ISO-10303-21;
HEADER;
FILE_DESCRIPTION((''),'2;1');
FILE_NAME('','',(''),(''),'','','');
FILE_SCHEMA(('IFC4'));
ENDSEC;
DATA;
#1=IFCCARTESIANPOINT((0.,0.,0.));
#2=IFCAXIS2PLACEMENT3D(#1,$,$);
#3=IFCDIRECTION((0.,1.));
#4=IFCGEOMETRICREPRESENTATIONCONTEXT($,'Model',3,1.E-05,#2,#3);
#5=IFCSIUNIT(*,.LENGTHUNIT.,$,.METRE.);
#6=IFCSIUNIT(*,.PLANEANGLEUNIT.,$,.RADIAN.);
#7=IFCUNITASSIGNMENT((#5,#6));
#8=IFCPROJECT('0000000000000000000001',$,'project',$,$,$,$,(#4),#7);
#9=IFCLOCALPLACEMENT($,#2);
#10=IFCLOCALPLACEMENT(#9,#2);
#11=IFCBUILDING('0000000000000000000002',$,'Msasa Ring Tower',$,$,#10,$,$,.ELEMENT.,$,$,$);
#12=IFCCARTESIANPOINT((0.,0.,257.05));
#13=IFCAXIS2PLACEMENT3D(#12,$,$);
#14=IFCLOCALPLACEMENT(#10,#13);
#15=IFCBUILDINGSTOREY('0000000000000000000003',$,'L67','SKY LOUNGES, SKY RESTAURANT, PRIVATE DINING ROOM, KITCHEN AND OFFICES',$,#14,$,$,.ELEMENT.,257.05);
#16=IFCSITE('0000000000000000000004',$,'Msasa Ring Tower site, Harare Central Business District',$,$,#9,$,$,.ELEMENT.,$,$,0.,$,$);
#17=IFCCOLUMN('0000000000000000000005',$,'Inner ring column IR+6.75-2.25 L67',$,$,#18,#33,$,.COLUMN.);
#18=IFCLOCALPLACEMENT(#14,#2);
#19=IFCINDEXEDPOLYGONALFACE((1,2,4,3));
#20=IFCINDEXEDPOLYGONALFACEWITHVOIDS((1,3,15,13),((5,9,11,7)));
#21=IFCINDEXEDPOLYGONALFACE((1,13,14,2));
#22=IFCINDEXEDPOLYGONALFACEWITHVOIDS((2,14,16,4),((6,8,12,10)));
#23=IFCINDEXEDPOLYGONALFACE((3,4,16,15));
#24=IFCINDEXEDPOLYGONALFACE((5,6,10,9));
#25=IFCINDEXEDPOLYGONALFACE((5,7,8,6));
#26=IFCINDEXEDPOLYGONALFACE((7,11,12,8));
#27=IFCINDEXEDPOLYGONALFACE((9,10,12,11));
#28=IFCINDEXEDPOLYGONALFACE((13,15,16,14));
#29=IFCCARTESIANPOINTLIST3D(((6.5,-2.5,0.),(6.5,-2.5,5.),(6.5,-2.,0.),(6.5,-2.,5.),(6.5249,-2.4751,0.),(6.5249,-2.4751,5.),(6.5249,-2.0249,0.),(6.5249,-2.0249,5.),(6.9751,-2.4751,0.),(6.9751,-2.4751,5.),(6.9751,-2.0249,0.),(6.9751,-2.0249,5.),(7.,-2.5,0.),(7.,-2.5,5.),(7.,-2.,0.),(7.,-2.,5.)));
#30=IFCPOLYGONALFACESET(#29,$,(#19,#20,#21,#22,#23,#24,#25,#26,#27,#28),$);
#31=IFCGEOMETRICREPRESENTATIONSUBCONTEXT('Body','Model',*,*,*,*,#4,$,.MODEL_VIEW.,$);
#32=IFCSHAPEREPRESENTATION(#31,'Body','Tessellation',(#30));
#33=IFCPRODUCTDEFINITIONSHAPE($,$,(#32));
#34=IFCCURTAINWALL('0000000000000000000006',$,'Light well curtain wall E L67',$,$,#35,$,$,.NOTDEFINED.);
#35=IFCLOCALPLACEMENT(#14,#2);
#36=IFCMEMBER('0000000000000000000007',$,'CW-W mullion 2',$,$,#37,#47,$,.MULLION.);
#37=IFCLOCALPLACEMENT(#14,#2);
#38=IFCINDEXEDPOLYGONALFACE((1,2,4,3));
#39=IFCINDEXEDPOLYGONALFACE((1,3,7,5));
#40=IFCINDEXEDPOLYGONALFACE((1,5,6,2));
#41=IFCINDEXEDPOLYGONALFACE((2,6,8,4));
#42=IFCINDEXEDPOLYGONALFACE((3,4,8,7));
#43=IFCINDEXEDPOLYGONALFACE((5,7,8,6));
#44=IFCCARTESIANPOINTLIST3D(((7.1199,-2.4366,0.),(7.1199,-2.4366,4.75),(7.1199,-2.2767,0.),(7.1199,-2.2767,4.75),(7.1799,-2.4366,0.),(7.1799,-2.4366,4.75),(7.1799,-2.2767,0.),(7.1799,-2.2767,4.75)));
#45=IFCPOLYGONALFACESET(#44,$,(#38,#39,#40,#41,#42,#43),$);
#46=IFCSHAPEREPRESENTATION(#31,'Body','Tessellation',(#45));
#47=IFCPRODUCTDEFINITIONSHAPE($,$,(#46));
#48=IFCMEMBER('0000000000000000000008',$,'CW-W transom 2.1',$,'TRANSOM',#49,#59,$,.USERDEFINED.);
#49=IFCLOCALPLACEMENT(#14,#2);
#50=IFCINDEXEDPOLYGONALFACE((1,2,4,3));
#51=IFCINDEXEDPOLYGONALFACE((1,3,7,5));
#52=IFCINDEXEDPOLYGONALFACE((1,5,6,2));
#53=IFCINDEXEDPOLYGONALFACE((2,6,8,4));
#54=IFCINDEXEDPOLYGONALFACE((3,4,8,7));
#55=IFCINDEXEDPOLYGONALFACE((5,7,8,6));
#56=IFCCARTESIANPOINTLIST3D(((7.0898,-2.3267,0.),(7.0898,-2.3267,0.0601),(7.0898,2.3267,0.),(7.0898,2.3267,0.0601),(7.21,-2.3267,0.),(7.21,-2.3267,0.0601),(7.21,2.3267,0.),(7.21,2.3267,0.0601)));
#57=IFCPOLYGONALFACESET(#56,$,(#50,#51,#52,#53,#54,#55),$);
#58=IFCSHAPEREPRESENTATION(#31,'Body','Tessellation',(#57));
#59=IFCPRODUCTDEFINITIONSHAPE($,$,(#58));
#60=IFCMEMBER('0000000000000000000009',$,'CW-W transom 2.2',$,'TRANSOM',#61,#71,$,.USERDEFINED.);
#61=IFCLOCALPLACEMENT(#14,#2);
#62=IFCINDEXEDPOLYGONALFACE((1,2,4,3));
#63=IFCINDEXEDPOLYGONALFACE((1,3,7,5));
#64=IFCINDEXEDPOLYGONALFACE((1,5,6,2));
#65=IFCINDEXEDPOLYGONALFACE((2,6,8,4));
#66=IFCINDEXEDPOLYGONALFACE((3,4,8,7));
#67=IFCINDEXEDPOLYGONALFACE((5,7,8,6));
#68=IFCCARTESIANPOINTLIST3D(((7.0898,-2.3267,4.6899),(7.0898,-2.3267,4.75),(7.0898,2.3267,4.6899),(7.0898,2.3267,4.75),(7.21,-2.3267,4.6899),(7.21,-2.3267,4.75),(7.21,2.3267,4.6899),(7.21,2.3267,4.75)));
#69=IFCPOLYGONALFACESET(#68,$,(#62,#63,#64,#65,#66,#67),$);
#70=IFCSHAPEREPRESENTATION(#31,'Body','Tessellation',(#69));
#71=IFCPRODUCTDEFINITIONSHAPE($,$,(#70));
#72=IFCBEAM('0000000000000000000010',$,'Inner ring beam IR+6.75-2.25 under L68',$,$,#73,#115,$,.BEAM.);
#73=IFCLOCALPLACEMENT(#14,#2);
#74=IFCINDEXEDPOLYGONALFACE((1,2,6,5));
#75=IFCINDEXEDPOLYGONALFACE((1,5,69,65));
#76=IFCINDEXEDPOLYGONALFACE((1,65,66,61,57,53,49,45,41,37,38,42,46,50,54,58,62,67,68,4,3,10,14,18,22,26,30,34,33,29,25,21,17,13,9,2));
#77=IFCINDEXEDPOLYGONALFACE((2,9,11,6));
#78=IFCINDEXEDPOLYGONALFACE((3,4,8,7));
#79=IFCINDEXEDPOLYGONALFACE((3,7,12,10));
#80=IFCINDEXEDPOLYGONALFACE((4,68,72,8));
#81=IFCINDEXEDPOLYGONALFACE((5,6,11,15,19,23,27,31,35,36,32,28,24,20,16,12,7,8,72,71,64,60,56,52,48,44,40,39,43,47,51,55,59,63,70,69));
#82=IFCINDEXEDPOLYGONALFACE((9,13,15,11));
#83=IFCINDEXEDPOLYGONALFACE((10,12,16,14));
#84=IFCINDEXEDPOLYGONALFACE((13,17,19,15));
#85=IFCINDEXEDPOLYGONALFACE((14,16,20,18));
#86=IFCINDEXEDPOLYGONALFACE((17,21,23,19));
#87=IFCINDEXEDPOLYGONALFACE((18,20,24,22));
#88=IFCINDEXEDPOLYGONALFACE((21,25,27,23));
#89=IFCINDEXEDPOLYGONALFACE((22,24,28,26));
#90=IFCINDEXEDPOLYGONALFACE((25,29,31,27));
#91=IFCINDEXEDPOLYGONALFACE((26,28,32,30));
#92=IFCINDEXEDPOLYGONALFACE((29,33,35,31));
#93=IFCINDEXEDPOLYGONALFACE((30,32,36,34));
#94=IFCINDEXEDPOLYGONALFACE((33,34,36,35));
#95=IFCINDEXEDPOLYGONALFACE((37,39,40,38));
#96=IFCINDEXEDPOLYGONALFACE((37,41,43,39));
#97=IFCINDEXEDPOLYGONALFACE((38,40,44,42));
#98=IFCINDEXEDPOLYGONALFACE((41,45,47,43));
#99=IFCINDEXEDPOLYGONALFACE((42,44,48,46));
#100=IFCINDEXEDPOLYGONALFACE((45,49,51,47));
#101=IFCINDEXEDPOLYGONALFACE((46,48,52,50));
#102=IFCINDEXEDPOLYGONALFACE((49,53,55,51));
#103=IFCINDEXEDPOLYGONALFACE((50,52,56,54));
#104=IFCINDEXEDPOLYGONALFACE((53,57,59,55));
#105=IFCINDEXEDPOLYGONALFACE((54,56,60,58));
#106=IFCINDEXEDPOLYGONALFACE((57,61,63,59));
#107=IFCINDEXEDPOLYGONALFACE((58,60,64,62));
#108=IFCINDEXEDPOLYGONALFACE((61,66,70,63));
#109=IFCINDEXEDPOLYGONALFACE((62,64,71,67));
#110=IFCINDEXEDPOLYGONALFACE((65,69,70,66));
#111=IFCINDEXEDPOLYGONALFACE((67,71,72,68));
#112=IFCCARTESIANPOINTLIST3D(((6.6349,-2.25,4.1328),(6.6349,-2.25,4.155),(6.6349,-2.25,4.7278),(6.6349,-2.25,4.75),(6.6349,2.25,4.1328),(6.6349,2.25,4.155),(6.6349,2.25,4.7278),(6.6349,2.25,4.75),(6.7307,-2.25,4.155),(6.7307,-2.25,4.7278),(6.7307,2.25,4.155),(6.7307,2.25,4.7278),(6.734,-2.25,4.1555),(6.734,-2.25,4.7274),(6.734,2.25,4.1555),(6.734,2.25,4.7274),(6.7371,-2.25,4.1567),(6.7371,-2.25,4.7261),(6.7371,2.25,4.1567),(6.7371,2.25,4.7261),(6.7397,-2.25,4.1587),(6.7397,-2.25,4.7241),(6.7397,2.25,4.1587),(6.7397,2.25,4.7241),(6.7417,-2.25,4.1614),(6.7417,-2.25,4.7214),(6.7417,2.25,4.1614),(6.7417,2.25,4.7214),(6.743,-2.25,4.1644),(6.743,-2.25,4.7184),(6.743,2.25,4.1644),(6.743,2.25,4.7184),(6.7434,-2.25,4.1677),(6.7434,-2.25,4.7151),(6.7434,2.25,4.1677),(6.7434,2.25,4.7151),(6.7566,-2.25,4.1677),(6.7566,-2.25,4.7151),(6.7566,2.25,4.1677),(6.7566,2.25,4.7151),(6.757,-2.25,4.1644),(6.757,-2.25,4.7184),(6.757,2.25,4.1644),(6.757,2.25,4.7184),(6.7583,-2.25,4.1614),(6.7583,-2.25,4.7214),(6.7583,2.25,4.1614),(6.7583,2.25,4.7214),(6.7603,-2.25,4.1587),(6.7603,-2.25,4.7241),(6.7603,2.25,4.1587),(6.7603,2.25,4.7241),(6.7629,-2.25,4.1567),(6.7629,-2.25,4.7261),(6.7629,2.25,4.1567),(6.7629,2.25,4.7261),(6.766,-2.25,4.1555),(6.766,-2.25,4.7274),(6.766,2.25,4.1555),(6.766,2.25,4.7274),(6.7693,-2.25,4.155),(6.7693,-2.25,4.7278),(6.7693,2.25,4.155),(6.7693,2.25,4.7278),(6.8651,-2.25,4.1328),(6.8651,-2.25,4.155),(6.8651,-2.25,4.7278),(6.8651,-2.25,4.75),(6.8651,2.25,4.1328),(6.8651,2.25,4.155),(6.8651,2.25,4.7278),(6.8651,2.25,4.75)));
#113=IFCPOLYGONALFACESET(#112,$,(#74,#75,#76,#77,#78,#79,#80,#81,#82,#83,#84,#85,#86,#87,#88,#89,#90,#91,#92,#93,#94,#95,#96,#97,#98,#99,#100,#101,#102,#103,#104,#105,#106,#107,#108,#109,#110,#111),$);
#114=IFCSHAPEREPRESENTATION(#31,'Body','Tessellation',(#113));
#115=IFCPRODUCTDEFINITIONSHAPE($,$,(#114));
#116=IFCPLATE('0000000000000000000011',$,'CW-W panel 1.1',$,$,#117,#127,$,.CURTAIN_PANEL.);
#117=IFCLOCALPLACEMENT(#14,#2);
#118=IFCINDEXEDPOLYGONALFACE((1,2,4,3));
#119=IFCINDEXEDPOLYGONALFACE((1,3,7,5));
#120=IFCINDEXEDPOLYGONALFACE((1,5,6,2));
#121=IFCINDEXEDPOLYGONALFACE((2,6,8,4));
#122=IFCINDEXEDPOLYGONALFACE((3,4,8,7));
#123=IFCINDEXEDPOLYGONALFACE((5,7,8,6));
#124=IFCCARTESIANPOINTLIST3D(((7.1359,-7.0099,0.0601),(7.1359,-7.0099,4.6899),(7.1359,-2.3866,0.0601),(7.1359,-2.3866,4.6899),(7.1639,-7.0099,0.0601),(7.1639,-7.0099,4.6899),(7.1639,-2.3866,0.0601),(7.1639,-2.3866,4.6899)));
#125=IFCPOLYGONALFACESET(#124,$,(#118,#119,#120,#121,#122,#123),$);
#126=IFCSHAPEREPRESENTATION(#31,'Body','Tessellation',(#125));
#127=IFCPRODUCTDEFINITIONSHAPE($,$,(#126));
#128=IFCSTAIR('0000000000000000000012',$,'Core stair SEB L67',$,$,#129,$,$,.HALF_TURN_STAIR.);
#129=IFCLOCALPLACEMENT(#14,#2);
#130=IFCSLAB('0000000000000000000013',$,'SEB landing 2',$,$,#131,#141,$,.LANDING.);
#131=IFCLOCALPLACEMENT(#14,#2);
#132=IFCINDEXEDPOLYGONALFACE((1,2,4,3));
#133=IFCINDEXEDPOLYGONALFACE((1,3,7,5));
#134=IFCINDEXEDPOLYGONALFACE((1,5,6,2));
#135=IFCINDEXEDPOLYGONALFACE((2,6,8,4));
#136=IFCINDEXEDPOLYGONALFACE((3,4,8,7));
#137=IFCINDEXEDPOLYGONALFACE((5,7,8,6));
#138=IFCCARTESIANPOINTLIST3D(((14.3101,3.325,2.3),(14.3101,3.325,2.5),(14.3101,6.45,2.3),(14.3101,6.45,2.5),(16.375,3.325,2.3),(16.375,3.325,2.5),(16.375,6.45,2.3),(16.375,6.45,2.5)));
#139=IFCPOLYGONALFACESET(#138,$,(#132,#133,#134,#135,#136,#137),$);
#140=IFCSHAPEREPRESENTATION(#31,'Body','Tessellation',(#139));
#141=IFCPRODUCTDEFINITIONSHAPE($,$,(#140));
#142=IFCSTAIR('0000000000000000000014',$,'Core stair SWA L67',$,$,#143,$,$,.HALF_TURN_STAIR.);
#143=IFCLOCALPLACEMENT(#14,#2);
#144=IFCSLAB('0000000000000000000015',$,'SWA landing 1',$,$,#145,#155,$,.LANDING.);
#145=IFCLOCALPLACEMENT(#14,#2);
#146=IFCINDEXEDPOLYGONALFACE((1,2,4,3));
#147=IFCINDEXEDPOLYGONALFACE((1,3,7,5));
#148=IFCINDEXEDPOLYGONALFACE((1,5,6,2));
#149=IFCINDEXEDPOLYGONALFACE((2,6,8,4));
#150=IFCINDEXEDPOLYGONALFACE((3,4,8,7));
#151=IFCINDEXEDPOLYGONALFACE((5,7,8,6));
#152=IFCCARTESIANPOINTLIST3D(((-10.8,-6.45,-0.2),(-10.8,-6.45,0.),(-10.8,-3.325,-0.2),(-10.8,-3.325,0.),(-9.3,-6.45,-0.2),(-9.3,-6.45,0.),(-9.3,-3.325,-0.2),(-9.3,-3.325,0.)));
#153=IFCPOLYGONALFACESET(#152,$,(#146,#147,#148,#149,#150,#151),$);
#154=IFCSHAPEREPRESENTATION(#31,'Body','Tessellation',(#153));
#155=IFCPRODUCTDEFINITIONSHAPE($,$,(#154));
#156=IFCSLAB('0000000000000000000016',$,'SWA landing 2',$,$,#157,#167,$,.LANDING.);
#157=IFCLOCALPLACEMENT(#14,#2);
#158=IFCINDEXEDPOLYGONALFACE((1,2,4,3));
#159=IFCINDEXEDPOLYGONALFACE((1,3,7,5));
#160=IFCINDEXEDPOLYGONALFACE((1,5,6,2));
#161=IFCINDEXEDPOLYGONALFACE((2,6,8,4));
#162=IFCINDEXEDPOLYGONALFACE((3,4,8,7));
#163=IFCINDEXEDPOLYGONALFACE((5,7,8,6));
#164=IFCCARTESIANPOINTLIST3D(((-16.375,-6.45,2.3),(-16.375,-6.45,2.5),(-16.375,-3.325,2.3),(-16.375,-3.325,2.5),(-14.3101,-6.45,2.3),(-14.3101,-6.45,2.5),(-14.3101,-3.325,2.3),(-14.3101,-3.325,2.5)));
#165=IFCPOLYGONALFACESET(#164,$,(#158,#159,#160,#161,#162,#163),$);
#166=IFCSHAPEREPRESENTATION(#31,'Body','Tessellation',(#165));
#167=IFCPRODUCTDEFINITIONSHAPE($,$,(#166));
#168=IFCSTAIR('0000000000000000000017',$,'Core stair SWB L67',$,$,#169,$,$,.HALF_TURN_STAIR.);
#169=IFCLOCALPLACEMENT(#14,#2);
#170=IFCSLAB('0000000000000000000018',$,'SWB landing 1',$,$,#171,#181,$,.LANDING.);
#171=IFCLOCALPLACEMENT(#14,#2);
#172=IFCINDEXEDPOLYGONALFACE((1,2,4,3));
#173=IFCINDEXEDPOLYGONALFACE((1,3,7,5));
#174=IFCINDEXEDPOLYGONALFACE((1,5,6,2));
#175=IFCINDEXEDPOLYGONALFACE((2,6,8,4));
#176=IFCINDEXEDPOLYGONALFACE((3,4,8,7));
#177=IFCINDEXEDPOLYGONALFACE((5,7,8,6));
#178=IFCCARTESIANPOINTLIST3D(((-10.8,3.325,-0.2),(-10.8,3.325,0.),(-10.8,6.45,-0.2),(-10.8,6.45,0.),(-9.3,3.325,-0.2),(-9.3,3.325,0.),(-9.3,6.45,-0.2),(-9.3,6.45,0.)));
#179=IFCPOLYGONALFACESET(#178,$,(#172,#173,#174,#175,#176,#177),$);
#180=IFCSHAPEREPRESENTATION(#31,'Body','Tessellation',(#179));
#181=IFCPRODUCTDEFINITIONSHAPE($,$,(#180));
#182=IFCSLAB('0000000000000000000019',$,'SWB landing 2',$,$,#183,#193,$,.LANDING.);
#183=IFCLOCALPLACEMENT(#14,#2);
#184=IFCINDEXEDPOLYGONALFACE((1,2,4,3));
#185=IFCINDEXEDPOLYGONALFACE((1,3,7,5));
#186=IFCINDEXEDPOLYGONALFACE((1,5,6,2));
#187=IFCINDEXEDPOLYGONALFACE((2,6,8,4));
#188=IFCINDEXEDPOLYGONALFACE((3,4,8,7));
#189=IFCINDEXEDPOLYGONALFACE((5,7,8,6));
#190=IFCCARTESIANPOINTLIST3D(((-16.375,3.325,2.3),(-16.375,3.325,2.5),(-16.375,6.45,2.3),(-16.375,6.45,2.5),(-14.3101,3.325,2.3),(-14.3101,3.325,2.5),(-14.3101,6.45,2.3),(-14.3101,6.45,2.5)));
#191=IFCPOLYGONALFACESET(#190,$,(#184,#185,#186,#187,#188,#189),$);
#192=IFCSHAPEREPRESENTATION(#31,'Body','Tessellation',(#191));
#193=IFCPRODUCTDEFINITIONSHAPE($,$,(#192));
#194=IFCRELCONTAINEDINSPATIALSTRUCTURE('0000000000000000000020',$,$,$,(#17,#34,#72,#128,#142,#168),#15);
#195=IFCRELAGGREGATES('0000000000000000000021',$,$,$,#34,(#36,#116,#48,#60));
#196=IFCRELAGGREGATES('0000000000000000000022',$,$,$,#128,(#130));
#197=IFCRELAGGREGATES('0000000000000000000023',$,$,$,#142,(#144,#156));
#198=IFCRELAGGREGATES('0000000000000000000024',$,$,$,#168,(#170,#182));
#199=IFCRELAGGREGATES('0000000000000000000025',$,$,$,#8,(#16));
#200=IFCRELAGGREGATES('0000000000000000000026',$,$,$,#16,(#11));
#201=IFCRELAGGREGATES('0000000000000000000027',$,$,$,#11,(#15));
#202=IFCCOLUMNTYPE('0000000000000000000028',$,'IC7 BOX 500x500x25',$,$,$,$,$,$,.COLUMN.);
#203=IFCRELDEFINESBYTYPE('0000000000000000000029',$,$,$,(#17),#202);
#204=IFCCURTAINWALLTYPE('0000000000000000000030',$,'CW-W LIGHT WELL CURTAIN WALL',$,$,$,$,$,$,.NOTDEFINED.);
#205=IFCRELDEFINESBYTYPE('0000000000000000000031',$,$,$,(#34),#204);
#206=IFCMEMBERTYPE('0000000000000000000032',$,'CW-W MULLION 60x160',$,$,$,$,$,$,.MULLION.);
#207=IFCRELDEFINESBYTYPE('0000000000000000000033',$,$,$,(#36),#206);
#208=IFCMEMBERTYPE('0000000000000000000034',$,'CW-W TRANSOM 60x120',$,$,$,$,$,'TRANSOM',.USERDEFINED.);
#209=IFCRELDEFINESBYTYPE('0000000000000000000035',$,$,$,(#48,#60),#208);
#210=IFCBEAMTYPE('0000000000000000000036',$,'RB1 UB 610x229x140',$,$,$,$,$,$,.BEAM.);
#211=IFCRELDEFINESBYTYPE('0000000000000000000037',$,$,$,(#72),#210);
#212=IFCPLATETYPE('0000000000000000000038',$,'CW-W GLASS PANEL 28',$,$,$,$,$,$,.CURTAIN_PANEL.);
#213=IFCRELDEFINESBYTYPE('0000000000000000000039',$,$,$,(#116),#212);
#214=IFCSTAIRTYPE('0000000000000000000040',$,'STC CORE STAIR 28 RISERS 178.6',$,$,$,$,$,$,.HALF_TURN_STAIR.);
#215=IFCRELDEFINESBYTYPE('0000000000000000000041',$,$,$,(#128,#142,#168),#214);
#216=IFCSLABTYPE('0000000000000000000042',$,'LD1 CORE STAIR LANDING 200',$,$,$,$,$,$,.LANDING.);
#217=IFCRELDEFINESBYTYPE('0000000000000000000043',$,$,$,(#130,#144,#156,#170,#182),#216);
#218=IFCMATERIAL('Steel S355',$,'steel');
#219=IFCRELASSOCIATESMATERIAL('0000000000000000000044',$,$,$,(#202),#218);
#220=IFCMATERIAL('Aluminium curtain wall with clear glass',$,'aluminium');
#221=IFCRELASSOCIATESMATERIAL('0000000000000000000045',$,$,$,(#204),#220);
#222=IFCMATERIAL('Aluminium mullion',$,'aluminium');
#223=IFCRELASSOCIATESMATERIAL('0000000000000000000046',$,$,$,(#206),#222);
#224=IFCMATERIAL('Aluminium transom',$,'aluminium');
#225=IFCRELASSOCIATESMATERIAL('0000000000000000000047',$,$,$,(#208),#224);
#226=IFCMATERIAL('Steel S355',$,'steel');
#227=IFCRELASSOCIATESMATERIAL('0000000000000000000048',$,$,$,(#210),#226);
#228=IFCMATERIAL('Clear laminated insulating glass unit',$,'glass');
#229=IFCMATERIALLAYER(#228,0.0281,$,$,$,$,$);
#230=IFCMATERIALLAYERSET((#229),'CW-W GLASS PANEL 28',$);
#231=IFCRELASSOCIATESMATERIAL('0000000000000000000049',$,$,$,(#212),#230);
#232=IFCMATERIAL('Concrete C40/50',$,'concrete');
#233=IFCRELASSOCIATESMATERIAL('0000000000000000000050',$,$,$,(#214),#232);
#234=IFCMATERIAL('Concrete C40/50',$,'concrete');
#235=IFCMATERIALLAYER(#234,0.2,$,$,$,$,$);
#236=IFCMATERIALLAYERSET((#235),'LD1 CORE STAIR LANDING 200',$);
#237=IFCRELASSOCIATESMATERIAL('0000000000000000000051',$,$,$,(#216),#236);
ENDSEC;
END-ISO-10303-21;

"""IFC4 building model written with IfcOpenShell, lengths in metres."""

from ifc_helpers import new_model, si_unit, direction, frame, origin, origin_2d, place, context, subcontext, project, spatial, polyline, rectangle, hollow_rectangle, i_section, outline, extrude, material, layer, layer_set, material_profile, profile_set, type_object, element, aggregate, save


model = new_model("IFC4")

# Units and contexts
model_context = context("Model", 3, precision=1e-05, world=origin(), true_north=direction((0.0, 1.0)))
body_context = subcontext(model_context, "Body", "Model", "MODEL_VIEW")
ifc_project = project(units=[si_unit("LENGTHUNIT", "METRE"), si_unit("PLANEANGLEUNIT", "RADIAN")], contexts=[model_context])

# Site, building, storey
site_placement = place(None, origin())
site = spatial("IfcSite", under=ifc_project, at=site_placement, Name="Msasa Ring Tower site, Harare Central Business District", CompositionType="ELEMENT", RefElevation=0.0)
building_placement = place(site_placement, origin())
building = spatial("IfcBuilding", under=site, at=building_placement, Name="Msasa Ring Tower", CompositionType="ELEMENT")
storey_placement = place(building_placement, frame((0.0, 0.0, 257.05)))
storey = spatial("IfcBuildingStorey", under=building, at=storey_placement, Name="L67", Description="SKY LOUNGES, SKY RESTAURANT, PRIVATE DINING ROOM, KITCHEN AND OFFICES", CompositionType="ELEMENT", Elevation=257.05)

# Column
ifc_material_1 = material(Name="Steel S355", Category="steel")
ifc_material_profile_1 = material_profile(ifc_material_1, hollow_rectangle(XDim=0.5, YDim=0.5, WallThickness=0.0249, at=origin_2d()), Name="BOX 500x500x25")
ifc_profile_set_1 = profile_set([ifc_material_profile_1], Name="Steel S355")
column_type = type_object("IfcColumnType", Name="IC7 BOX 500x500x25", PredefinedType="COLUMN", material=ifc_profile_set_1)
column_placement = place(storey_placement, frame((6.75, -2.25, 0.0), z_axis=(0.0, 0.0, 1.0), x_axis=(1.0, 0.0, 0.0)))
element("IfcColumn", 1, at=column_placement, inside=storey, type_object=column_type, Name="Inner ring column IR+6.75-2.25 L67", PredefinedType="COLUMN", context=body_context, shape_type="SweptSolid", body=[
    extrude(hollow_rectangle(XDim=0.5, YDim=0.5, WallThickness=0.0249, at=origin_2d()), origin(), (0.0, 0.0, 1.0), 5.0),
])

# Curtain wall, members
ifc_material_2 = material(Name="Aluminium curtain wall with clear glass", Category="aluminium")
curtain_wall_type = type_object("IfcCurtainWallType", Name="CW-W LIGHT WELL CURTAIN WALL", PredefinedType="NOTDEFINED", material=ifc_material_2)
curtain_wall_placement = place(storey_placement, origin())
curtain_wall = element("IfcCurtainWall", 2, at=curtain_wall_placement, inside=storey, type_object=curtain_wall_type, Name="Light well curtain wall E L67", PredefinedType="NOTDEFINED")
ifc_material_3 = material(Name="Aluminium mullion", Category="aluminium")
ifc_material_profile_2 = material_profile(ifc_material_3, rectangle(XDim=0.0601, YDim=0.1599, at=origin_2d()), Name="AL 60x160")
ifc_profile_set_2 = profile_set([ifc_material_profile_2], Name="Aluminium mullion")
member_type_1 = type_object("IfcMemberType", Name="CW-W MULLION 60x160", PredefinedType="MULLION", material=ifc_profile_set_2)
member_1_placement = place(storey_placement, frame((7.1499, -2.3567, 0.0), z_axis=(0.0, 0.0, 1.0), x_axis=(-1.0, 0.0, 0.0)))
member_1 = element("IfcMember", 3, at=member_1_placement, type_object=member_type_1, Name="CW-W mullion 2", PredefinedType="MULLION", context=body_context, shape_type="SweptSolid", body=[
    extrude(rectangle(XDim=0.0601, YDim=0.1599, at=origin_2d()), origin(), (0.0, 0.0, 1.0), 4.75),
])
ifc_material_4 = material(Name="Aluminium transom", Category="aluminium")
ifc_material_profile_3 = material_profile(ifc_material_4, rectangle(XDim=0.1201, YDim=0.0601, at=origin_2d()), Name="AL 60x120")
ifc_profile_set_3 = profile_set([ifc_material_profile_3], Name="Aluminium transom")
member_type_2 = type_object("IfcMemberType", Name="CW-W TRANSOM 60x120", ElementType="TRANSOM", PredefinedType="USERDEFINED", material=ifc_profile_set_3)
member_2_placement = place(storey_placement, frame((7.1499, -2.3267, 0.03), z_axis=(0.0, 1.0, 0.0), x_axis=(-1.0, 0.0, 0.0)))
member_2 = element("IfcMember", 4, at=member_2_placement, type_object=member_type_2, Name="CW-W transom 2.1", ObjectType="TRANSOM", PredefinedType="USERDEFINED", context=body_context, shape_type="SweptSolid", body=[
    extrude(rectangle(XDim=0.1201, YDim=0.0601, at=origin_2d()), origin(), (0.0, 0.0, 1.0), 4.6533),
])
member_3_placement = place(storey_placement, frame((7.1499, -2.3267, 4.72), z_axis=(0.0, 1.0, 0.0), x_axis=(-1.0, 0.0, 0.0)))
member_3 = element("IfcMember", 5, at=member_3_placement, type_object=member_type_2, Name="CW-W transom 2.2", ObjectType="TRANSOM", PredefinedType="USERDEFINED", context=body_context, shape_type="SweptSolid", body=[
    extrude(rectangle(XDim=0.1201, YDim=0.0601, at=origin_2d()), origin(), (0.0, 0.0, 1.0), 4.6533),
])

# Beam
ifc_material_5 = material(Name="Steel S355", Category="steel")
ifc_material_profile_4 = material_profile(ifc_material_5, i_section(OverallWidth=0.2302, OverallDepth=0.6172, WebThickness=0.0132, FlangeThickness=0.0222, FilletRadius=0.0127, at=origin_2d()), Name="UB 610x229x140")
ifc_profile_set_4 = profile_set([ifc_material_profile_4], Name="Steel S355")
beam_type = type_object("IfcBeamType", Name="RB1 UB 610x229x140", PredefinedType="BEAM", material=ifc_profile_set_4)
beam_placement = place(storey_placement, frame((6.75, -2.25, 4.4414), z_axis=(0.0, 1.0, 0.0), x_axis=(-1.0, 0.0, 0.0)))
element("IfcBeam", 6, at=beam_placement, inside=storey, type_object=beam_type, Name="Inner ring beam IR+6.75-2.25 under L68", PredefinedType="BEAM", context=body_context, shape_type="SweptSolid", body=[
    extrude(i_section(OverallWidth=0.2302, OverallDepth=0.6172, WebThickness=0.0132, FlangeThickness=0.0222, FilletRadius=0.0127, at=origin_2d()), origin(), (0.0, 0.0, 1.0), 4.5),
])

# Plate
ifc_material_6 = material(Name="Clear laminated insulating glass unit", Category="glass")
ifc_layer_1 = layer(ifc_material_6, 0.0281)
ifc_layer_set_1 = layer_set([ifc_layer_1], Name="CW-W GLASS PANEL 28")
plate_type = type_object("IfcPlateType", Name="CW-W GLASS PANEL 28", PredefinedType="CURTAIN_PANEL", material=ifc_layer_set_1)
plate_placement = place(storey_placement, frame((7.1499, -4.6982, 0.0601), z_axis=(0.0, 0.0, 1.0), x_axis=(0.0, 1.0, 0.0)))
plate = element("IfcPlate", 7, at=plate_placement, type_object=plate_type, Name="CW-W panel 1.1", PredefinedType="CURTAIN_PANEL", context=body_context, shape_type="SweptSolid", body=[
    extrude(rectangle(XDim=4.6233, YDim=0.0281, at=origin_2d()), origin(), (0.0, 0.0, 1.0), 4.6299),
])
aggregate(curtain_wall, [member_1, plate, member_2, member_3])

# Stair, slab
ifc_material_7 = material(Name="Concrete C40/50", Category="concrete")
stair_type = type_object("IfcStairType", Name="STC CORE STAIR 28 RISERS 178.6", PredefinedType="HALF_TURN_STAIR", material=ifc_material_7)
stair_1_placement = place(storey_placement, origin())
stair_1 = element("IfcStair", 8, at=stair_1_placement, inside=storey, type_object=stair_type, Name="Core stair SEB L67", PredefinedType="HALF_TURN_STAIR")
ifc_material_8 = material(Name="Concrete C40/50", Category="concrete")
ifc_layer_2 = layer(ifc_material_8, 0.2)
ifc_layer_set_2 = layer_set([ifc_layer_2], Name="LD1 CORE STAIR LANDING 200")
slab_type = type_object("IfcSlabType", Name="LD1 CORE STAIR LANDING 200", PredefinedType="LANDING", material=ifc_layer_set_2)
slab_1_placement = place(storey_placement, frame((0.0, 0.0, 2.3)))
slab_1 = element("IfcSlab", 9, at=slab_1_placement, type_object=slab_type, Name="SEB landing 2", PredefinedType="LANDING", context=body_context, shape_type="SweptSolid", body=[
    extrude(outline(polyline([(14.3101, 3.325), (16.375, 3.325), (16.375, 6.45), (14.3101, 6.45), (14.3101, 3.325)])), origin(), (0.0, 0.0, 1.0), 0.2),
])
aggregate(stair_1, [slab_1])

# Stairs, slabs
stair_2_placement = place(storey_placement, origin())
stair_2 = element("IfcStair", 10, at=stair_2_placement, inside=storey, type_object=stair_type, Name="Core stair SWA L67", PredefinedType="HALF_TURN_STAIR")
slab_2_placement = place(storey_placement, frame((0.0, 0.0, -0.2)))
slab_2 = element("IfcSlab", 11, at=slab_2_placement, type_object=slab_type, Name="SWA landing 1", PredefinedType="LANDING", context=body_context, shape_type="SweptSolid", body=[
    extrude(outline(polyline([(-10.8, -6.45), (-9.3, -6.45), (-9.3, -3.325), (-10.8, -3.325), (-10.8, -6.45)])), origin(), (0.0, 0.0, 1.0), 0.2),
])
slab_3_placement = place(storey_placement, frame((0.0, 0.0, 2.3)))
slab_3 = element("IfcSlab", 12, at=slab_3_placement, type_object=slab_type, Name="SWA landing 2", PredefinedType="LANDING", context=body_context, shape_type="SweptSolid", body=[
    extrude(outline(polyline([(-16.375, -6.45), (-14.3101, -6.45), (-14.3101, -3.325), (-16.375, -3.325), (-16.375, -6.45)])), origin(), (0.0, 0.0, 1.0), 0.2),
])
aggregate(stair_2, [slab_2, slab_3])
stair_3_placement = place(storey_placement, origin())
stair_3 = element("IfcStair", 13, at=stair_3_placement, inside=storey, type_object=stair_type, Name="Core stair SWB L67", PredefinedType="HALF_TURN_STAIR")
slab_4_placement = place(storey_placement, frame((0.0, 0.0, -0.2)))
slab_4 = element("IfcSlab", 14, at=slab_4_placement, type_object=slab_type, Name="SWB landing 1", PredefinedType="LANDING", context=body_context, shape_type="SweptSolid", body=[
    extrude(outline(polyline([(-10.8, 3.325), (-9.3, 3.325), (-9.3, 6.45), (-10.8, 6.45), (-10.8, 3.325)])), origin(), (0.0, 0.0, 1.0), 0.2),
])
slab_5_placement = place(storey_placement, frame((0.0, 0.0, 2.3)))
slab_5 = element("IfcSlab", 15, at=slab_5_placement, type_object=slab_type, Name="SWB landing 2", PredefinedType="LANDING", context=body_context, shape_type="SweptSolid", body=[
    extrude(outline(polyline([(-16.375, 3.325), (-14.3101, 3.325), (-14.3101, 6.45), (-16.375, 6.45), (-16.375, 3.325)])), origin(), (0.0, 0.0, 1.0), 0.2),
])
aggregate(stair_3, [slab_4, slab_5])

save(model, "model.ifc")
